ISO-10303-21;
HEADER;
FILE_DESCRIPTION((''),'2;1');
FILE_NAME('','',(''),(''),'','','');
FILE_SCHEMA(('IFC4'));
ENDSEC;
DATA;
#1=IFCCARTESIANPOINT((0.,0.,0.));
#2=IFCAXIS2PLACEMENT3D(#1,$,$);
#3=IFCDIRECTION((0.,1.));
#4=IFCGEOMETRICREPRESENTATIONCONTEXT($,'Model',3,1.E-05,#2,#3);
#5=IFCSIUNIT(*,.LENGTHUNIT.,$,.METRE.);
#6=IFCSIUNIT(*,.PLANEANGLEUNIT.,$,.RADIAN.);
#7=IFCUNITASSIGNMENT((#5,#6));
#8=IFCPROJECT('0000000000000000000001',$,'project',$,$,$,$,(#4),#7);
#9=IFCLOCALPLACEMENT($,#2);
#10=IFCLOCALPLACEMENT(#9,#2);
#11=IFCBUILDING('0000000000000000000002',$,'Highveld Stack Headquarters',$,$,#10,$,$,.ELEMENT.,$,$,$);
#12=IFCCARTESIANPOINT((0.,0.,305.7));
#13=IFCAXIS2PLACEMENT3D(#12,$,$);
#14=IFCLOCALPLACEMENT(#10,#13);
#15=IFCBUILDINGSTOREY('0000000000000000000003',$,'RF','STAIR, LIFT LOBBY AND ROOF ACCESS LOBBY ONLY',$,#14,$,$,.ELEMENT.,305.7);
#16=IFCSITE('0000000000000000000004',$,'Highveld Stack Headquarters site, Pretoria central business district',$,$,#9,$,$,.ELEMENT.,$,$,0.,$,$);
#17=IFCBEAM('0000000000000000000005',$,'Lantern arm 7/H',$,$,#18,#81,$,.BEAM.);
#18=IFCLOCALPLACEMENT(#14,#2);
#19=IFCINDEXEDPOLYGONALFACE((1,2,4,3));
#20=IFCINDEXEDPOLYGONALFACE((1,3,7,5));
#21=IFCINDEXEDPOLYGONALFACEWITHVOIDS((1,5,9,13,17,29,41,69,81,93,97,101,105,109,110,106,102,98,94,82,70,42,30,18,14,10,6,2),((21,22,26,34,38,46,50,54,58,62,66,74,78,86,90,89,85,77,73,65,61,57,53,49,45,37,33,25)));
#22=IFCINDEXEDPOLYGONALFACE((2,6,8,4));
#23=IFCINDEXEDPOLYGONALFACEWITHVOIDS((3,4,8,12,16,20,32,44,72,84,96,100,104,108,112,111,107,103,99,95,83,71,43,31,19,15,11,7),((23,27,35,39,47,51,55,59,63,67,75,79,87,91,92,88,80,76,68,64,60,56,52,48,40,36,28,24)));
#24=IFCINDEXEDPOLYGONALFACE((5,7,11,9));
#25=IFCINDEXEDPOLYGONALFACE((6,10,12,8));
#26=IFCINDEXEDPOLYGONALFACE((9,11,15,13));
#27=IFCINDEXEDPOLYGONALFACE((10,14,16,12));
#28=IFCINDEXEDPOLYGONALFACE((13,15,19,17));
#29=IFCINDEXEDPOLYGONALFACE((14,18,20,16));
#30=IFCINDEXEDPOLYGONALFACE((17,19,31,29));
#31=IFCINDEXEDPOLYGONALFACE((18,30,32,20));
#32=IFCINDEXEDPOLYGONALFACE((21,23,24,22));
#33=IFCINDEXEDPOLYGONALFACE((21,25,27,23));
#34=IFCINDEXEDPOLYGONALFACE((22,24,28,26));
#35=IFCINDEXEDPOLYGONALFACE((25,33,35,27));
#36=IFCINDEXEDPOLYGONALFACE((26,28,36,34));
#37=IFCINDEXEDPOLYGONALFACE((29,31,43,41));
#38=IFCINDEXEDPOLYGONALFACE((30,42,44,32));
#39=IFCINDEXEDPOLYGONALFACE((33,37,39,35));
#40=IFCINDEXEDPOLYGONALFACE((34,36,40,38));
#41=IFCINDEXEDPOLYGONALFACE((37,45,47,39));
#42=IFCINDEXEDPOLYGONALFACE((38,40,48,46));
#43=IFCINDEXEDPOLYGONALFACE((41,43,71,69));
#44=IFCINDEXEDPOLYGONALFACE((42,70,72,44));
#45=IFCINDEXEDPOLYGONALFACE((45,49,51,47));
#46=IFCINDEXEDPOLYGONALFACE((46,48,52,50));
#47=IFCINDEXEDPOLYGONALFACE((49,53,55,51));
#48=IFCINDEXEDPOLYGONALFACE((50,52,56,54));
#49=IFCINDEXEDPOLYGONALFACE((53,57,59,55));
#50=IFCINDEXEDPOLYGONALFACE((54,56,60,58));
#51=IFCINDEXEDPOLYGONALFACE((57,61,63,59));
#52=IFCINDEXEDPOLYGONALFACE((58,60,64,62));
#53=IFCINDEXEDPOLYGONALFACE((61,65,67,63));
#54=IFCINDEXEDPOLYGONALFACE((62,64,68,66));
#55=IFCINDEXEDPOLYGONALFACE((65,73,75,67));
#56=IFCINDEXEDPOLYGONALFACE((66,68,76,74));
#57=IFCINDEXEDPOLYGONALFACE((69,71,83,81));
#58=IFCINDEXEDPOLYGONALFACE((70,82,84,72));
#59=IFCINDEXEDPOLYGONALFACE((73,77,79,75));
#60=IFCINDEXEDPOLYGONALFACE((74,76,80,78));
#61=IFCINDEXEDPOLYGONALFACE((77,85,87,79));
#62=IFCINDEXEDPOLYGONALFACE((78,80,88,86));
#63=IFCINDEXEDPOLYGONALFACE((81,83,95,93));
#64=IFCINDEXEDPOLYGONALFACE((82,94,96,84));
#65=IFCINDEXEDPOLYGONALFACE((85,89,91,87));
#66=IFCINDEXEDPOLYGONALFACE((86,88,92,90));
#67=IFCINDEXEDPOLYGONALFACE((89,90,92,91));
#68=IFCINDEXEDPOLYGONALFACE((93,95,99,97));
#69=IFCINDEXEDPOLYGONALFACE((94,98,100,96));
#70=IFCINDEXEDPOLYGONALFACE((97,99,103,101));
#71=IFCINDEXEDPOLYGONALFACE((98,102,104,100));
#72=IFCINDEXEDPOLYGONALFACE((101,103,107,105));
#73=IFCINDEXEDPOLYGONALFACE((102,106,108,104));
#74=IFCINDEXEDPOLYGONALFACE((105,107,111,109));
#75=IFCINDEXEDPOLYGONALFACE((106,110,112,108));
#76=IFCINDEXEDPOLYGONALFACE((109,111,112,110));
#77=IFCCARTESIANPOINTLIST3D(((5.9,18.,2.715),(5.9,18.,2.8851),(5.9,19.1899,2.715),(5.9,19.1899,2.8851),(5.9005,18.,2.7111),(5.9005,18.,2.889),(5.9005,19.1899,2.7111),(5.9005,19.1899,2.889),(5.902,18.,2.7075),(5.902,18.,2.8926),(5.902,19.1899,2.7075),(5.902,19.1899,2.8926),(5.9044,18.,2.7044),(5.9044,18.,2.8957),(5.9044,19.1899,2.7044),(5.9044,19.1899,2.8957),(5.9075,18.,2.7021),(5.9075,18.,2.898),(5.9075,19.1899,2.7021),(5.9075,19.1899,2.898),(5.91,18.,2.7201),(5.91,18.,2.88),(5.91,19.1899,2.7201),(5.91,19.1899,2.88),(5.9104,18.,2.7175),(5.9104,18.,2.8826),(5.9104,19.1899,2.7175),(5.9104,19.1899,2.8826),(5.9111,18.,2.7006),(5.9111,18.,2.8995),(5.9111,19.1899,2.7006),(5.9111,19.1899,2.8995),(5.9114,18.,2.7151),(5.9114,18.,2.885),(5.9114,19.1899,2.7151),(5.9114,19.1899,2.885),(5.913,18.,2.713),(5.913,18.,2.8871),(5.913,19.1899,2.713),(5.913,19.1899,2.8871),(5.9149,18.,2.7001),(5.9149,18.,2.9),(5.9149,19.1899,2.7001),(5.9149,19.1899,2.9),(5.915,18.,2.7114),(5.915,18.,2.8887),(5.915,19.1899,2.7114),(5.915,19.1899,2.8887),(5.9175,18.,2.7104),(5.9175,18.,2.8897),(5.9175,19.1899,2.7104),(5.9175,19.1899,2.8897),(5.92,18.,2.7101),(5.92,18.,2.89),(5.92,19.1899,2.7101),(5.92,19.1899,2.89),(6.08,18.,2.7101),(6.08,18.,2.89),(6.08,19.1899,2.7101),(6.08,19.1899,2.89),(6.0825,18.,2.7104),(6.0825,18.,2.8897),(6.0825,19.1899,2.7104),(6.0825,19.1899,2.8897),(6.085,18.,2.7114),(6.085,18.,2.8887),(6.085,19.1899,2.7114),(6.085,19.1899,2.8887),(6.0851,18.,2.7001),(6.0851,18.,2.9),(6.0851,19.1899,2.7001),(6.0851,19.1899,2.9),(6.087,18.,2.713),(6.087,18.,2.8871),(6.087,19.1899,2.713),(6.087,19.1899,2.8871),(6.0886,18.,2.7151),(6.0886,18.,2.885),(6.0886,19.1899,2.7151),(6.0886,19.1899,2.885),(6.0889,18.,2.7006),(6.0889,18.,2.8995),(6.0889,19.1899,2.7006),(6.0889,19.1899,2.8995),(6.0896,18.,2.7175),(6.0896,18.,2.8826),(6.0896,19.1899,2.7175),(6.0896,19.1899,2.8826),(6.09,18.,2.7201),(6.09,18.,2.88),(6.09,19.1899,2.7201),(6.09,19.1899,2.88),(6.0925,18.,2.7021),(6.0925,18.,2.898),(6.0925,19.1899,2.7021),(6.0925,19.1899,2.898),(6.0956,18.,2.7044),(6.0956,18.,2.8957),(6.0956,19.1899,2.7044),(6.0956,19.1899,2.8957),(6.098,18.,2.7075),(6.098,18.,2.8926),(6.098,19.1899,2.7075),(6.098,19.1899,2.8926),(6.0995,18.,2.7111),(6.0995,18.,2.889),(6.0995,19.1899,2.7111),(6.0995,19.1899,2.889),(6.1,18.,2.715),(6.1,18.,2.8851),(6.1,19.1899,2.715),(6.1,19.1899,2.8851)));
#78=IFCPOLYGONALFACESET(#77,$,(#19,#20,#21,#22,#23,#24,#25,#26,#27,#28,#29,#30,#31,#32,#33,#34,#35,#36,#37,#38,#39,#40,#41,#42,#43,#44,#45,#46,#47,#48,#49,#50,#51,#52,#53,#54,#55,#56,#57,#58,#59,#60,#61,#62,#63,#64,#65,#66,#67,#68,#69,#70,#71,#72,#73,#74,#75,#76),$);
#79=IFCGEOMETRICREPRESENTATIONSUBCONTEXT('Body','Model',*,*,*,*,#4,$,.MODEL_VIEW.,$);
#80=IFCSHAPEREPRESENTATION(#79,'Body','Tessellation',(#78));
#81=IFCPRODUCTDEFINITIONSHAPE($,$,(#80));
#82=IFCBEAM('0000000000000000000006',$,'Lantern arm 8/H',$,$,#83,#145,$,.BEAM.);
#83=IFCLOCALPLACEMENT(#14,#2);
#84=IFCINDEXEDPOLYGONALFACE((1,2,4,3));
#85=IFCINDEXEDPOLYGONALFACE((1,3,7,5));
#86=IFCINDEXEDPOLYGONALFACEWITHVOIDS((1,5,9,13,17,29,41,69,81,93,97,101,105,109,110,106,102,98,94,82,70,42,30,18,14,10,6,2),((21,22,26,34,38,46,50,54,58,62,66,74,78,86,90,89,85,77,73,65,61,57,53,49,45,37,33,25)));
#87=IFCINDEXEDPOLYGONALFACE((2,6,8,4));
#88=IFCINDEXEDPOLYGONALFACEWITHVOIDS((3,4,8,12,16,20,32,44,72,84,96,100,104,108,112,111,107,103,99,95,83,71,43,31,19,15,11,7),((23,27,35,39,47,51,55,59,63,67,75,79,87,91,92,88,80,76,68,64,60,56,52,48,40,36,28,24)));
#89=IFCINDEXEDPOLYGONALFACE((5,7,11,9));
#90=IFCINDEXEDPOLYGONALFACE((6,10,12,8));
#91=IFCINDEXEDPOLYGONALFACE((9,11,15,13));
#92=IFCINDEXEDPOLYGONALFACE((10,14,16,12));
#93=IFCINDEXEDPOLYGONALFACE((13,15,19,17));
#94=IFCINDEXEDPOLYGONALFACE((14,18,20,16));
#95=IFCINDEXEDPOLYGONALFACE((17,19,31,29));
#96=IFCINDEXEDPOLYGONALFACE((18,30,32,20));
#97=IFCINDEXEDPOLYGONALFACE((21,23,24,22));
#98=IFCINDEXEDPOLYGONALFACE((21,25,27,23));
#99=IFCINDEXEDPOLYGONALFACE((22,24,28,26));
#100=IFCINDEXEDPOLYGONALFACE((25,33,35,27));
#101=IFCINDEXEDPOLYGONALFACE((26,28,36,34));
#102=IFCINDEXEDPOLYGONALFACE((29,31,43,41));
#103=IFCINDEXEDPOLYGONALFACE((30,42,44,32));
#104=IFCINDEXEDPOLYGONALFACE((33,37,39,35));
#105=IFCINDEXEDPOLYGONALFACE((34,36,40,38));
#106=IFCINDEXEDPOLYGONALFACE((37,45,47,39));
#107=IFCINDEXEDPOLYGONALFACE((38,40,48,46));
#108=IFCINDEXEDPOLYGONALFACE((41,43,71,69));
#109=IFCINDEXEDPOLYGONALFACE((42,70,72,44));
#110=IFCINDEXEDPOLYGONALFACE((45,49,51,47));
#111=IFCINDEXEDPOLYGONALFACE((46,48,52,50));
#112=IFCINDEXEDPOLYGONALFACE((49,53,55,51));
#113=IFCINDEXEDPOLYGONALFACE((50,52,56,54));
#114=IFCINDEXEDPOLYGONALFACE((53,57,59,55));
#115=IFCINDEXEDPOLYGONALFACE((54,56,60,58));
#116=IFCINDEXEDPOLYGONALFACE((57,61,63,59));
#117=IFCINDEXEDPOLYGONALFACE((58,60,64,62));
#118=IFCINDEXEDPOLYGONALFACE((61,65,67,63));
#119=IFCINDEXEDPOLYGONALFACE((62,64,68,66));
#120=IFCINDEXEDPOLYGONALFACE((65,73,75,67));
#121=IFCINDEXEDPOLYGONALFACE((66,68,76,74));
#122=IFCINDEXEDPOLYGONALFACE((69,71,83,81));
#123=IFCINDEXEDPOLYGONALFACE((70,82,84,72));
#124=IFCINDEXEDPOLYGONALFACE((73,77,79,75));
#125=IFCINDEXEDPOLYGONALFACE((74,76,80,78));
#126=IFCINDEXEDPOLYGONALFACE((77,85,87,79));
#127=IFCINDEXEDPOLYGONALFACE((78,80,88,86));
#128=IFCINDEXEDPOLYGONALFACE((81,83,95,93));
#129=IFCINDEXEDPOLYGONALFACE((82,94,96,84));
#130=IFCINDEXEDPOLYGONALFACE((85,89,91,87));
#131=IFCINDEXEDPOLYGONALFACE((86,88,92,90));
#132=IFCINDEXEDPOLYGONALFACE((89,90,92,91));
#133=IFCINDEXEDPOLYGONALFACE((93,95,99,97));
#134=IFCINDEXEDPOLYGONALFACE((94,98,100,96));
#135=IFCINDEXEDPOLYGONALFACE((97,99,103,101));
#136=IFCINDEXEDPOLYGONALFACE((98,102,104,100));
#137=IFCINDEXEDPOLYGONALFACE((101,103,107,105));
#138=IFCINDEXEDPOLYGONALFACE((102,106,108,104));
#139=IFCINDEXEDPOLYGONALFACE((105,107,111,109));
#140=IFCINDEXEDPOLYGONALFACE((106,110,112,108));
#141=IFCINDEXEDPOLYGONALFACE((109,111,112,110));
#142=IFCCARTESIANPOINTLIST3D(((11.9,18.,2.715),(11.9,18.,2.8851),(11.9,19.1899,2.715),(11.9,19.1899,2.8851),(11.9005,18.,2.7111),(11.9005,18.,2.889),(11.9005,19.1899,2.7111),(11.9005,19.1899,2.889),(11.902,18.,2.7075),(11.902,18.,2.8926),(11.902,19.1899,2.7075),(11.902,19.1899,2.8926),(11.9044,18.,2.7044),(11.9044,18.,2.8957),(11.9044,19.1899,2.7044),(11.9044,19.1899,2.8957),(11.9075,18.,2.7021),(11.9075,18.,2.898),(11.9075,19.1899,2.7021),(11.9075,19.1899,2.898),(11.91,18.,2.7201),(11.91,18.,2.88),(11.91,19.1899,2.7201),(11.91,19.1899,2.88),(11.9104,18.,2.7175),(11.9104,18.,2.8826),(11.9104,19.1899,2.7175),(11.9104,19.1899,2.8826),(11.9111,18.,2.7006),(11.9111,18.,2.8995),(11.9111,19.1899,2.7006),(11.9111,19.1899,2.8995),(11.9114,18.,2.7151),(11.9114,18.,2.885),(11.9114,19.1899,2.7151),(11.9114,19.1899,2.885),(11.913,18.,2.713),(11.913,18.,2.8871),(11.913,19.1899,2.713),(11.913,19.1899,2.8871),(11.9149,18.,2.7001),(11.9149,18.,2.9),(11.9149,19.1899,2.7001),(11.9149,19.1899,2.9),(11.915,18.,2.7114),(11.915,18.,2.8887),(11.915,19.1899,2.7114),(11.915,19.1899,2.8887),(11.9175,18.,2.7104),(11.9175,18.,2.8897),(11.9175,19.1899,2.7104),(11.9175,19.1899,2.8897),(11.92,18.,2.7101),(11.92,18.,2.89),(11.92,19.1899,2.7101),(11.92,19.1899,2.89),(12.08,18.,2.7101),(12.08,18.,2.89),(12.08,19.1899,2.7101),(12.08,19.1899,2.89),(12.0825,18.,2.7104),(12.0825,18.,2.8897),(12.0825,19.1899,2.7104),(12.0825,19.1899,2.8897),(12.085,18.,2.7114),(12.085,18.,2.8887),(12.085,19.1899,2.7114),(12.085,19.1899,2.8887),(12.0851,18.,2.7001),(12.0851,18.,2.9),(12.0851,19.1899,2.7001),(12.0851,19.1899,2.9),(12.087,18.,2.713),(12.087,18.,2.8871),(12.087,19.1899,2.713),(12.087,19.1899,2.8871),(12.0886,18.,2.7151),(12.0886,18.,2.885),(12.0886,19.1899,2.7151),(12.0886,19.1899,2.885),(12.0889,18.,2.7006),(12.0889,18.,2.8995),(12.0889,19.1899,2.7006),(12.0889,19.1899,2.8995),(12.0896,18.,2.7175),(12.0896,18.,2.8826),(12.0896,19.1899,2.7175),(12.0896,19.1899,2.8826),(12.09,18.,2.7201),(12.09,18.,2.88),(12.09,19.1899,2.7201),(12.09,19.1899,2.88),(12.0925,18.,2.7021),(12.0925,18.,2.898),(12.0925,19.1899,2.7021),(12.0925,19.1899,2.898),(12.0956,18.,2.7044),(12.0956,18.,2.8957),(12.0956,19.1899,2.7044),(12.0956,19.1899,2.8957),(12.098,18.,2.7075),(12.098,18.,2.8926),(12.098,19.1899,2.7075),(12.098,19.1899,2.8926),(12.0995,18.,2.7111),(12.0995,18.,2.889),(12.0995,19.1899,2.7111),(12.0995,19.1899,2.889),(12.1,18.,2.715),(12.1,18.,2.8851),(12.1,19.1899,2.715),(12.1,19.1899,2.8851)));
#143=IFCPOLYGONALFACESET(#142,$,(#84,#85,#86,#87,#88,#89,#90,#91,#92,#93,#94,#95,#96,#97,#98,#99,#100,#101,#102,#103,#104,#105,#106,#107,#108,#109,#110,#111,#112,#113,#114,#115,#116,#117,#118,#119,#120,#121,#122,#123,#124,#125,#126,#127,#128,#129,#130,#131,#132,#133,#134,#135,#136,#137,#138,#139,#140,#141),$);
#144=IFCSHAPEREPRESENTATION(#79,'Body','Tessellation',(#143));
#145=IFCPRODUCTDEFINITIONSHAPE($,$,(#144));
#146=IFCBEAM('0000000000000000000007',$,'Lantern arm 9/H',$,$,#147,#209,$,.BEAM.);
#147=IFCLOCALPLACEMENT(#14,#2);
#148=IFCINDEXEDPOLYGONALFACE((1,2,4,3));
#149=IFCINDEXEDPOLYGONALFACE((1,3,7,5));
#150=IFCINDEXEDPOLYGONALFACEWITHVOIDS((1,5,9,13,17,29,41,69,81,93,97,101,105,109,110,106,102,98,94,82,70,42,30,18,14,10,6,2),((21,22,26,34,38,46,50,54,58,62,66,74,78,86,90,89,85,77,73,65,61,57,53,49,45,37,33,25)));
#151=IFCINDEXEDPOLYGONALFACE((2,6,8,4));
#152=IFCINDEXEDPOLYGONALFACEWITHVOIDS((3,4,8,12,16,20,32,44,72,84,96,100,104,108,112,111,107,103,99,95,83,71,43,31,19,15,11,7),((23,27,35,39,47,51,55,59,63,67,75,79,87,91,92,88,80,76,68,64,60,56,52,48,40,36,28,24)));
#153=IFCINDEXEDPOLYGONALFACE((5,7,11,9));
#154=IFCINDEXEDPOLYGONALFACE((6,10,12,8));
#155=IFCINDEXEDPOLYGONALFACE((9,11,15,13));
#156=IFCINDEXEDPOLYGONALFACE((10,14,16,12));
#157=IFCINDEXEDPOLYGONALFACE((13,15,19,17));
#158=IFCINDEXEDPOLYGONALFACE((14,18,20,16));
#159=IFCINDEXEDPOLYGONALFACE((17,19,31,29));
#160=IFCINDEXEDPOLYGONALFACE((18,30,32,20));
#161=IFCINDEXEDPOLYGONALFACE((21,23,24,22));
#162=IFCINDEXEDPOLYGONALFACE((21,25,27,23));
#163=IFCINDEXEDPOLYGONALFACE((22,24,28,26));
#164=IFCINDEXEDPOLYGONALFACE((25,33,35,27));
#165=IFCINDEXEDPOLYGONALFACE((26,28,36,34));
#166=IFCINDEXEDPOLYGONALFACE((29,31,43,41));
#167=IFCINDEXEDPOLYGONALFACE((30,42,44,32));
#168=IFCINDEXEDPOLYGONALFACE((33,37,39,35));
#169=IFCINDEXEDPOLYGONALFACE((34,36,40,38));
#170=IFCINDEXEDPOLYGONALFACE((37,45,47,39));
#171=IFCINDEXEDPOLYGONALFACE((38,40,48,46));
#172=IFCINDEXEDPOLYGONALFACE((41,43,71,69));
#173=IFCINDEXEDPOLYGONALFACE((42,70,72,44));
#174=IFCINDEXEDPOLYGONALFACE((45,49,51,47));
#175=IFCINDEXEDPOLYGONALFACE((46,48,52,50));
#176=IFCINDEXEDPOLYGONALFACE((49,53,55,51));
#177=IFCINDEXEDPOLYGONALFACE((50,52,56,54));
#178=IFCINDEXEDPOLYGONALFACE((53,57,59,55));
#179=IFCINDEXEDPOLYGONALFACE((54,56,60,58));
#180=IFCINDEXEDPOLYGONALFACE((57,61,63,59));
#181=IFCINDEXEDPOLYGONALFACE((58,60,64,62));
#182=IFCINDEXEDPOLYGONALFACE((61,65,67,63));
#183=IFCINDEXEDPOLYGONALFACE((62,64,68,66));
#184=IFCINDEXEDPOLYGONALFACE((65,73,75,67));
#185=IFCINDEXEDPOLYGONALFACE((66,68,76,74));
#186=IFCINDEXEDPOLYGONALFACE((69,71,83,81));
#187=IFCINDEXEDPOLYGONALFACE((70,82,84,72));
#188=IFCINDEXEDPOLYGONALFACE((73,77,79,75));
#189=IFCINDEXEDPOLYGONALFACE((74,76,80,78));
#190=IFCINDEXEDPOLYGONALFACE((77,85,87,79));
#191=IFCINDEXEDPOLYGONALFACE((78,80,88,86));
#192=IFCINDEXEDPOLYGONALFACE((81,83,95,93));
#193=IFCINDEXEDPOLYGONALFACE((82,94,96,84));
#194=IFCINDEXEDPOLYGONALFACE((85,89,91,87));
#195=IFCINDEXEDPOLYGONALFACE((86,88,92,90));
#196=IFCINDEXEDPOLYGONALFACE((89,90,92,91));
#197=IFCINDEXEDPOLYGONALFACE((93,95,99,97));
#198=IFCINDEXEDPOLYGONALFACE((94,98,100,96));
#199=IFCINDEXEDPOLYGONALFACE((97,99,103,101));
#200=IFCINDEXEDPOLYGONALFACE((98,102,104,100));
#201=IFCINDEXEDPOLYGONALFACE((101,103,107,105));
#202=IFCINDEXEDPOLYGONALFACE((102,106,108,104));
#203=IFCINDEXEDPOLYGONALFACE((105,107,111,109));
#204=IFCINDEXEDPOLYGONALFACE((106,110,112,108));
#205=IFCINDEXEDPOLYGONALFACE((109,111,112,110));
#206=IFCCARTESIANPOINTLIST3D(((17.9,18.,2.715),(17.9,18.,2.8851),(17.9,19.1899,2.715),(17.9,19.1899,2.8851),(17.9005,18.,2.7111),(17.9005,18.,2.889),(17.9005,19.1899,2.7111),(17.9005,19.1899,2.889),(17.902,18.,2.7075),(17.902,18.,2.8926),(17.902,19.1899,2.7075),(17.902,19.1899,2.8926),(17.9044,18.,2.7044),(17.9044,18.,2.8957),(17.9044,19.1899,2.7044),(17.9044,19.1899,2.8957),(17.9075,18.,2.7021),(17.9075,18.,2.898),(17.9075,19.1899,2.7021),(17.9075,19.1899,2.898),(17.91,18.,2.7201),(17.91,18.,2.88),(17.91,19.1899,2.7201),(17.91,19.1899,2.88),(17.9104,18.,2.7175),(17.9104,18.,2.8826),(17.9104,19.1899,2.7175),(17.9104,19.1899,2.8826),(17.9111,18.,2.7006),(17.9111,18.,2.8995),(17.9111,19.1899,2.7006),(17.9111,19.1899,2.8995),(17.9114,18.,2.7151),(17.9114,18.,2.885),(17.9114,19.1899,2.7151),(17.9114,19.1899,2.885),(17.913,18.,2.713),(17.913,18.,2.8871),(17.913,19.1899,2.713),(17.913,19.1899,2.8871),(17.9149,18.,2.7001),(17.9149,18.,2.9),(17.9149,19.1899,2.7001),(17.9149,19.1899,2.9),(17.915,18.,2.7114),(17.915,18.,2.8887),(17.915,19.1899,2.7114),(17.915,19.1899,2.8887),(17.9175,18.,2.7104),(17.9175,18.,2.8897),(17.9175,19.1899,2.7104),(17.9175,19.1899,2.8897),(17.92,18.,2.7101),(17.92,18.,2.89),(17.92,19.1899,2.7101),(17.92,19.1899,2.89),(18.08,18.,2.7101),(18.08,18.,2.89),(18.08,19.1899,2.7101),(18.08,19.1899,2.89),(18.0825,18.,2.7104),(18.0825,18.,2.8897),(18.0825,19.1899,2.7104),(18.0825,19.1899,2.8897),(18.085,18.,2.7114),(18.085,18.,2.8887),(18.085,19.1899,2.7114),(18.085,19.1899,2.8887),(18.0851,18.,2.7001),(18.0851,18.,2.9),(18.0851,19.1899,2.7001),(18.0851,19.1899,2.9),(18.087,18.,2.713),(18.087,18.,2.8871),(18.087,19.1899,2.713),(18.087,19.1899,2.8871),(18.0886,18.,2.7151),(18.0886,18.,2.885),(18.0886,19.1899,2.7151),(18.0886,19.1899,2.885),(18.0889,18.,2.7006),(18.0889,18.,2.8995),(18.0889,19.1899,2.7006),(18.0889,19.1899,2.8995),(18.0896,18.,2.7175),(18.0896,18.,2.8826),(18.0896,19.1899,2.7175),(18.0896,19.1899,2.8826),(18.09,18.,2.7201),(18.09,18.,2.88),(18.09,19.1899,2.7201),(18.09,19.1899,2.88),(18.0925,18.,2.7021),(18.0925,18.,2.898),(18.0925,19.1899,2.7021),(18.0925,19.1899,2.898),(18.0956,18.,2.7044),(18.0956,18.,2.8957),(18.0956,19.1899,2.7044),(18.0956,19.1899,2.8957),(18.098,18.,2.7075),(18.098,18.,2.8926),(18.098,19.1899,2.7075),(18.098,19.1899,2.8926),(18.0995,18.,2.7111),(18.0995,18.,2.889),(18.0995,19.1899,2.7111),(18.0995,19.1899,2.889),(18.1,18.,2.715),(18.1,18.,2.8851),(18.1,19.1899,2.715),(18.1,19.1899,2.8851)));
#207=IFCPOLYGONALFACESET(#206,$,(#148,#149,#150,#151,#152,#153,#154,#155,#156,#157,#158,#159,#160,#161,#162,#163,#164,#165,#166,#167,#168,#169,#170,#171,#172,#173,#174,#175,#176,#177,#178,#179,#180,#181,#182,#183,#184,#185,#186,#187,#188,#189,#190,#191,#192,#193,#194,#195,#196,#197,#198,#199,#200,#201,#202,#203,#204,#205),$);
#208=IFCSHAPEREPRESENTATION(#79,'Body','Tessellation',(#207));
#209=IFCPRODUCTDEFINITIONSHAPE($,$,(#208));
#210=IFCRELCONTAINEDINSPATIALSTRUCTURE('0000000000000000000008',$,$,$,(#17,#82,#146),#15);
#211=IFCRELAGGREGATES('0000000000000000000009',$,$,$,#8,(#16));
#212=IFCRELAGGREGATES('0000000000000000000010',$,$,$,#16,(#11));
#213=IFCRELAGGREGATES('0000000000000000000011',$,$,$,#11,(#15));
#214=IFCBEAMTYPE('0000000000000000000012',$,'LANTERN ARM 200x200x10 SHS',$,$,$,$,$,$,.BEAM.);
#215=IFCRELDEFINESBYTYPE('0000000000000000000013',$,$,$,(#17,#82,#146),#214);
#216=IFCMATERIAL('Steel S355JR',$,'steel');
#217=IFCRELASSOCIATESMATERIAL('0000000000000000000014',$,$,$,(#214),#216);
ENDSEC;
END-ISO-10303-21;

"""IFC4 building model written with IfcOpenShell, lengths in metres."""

from ifc_helpers import new_model, si_unit, direction, frame, origin, origin_2d, place, context, subcontext, project, spatial, hollow_rectangle, extrude, material, material_profile, profile_set, type_object, element, save


model = new_model("IFC4")

# Units and contexts
model_context = context("Model", 3, precision=1e-05, world=origin(), true_north=direction((0.0, 1.0)))
body_context = subcontext(model_context, "Body", "Model", "MODEL_VIEW")
ifc_project = project(units=[si_unit("LENGTHUNIT", "METRE"), si_unit("PLANEANGLEUNIT", "RADIAN")], contexts=[model_context])

# Site, building, storey
site_placement = place(None, origin())
site = spatial("IfcSite", under=ifc_project, at=site_placement, Name="Highveld Stack Headquarters site, Pretoria central business district", CompositionType="ELEMENT", RefElevation=0.0)
building_placement = place(site_placement, origin())
building = spatial("IfcBuilding", under=site, at=building_placement, Name="Highveld Stack Headquarters", CompositionType="ELEMENT")
storey_placement = place(building_placement, frame((0.0, 0.0, 305.7)))
storey = spatial("IfcBuildingStorey", under=building, at=storey_placement, Name="RF", Description="STAIR, LIFT LOBBY AND ROOF ACCESS LOBBY ONLY", CompositionType="ELEMENT", Elevation=305.7)

# Beams
ifc_material_1 = material(Name="Steel S355JR", Category="steel")
ifc_material_profile_1 = material_profile(ifc_material_1, hollow_rectangle(XDim=0.2, YDim=0.2, WallThickness=0.01, InnerFilletRadius=0.01, OuterFilletRadius=0.0149, at=origin_2d()), Name="200x200x10 SHS")
ifc_profile_set_1 = profile_set([ifc_material_profile_1], Name="Steel S355JR")
beam_type_1 = type_object("IfcBeamType", Name="LANTERN ARM 200x200x10 SHS", PredefinedType="BEAM", material=ifc_profile_set_1)
for number, where, z_axis, x_axis, name in (
    (1, (6.0, 18.0, 2.8), (0.0, 1.0, 0.0), (-1.0, 0.0, 0.0), "Lantern arm 7/H"),
    (2, (12.0, 18.0, 2.8), (0.0, 1.0, 0.0), (-1.0, 0.0, 0.0), "Lantern arm 8/H"),
    (3, (18.0, 18.0, 2.8), (0.0, 1.0, 0.0), (-1.0, 0.0, 0.0), "Lantern arm 9/H"),
):
    element("IfcBeam", number, at=place(storey_placement, frame(where, z_axis=z_axis, x_axis=x_axis)), inside=storey, type_object=beam_type_1, Name=name, PredefinedType="BEAM", context=body_context, shape_type="SweptSolid", body=[
        extrude(hollow_rectangle(XDim=0.2, YDim=0.2, WallThickness=0.01, InnerFilletRadius=0.01, OuterFilletRadius=0.0149, at=origin_2d()), origin(), (0.0, 0.0, 1.0), 1.1899),
    ])

save(model, "model.ifc")
